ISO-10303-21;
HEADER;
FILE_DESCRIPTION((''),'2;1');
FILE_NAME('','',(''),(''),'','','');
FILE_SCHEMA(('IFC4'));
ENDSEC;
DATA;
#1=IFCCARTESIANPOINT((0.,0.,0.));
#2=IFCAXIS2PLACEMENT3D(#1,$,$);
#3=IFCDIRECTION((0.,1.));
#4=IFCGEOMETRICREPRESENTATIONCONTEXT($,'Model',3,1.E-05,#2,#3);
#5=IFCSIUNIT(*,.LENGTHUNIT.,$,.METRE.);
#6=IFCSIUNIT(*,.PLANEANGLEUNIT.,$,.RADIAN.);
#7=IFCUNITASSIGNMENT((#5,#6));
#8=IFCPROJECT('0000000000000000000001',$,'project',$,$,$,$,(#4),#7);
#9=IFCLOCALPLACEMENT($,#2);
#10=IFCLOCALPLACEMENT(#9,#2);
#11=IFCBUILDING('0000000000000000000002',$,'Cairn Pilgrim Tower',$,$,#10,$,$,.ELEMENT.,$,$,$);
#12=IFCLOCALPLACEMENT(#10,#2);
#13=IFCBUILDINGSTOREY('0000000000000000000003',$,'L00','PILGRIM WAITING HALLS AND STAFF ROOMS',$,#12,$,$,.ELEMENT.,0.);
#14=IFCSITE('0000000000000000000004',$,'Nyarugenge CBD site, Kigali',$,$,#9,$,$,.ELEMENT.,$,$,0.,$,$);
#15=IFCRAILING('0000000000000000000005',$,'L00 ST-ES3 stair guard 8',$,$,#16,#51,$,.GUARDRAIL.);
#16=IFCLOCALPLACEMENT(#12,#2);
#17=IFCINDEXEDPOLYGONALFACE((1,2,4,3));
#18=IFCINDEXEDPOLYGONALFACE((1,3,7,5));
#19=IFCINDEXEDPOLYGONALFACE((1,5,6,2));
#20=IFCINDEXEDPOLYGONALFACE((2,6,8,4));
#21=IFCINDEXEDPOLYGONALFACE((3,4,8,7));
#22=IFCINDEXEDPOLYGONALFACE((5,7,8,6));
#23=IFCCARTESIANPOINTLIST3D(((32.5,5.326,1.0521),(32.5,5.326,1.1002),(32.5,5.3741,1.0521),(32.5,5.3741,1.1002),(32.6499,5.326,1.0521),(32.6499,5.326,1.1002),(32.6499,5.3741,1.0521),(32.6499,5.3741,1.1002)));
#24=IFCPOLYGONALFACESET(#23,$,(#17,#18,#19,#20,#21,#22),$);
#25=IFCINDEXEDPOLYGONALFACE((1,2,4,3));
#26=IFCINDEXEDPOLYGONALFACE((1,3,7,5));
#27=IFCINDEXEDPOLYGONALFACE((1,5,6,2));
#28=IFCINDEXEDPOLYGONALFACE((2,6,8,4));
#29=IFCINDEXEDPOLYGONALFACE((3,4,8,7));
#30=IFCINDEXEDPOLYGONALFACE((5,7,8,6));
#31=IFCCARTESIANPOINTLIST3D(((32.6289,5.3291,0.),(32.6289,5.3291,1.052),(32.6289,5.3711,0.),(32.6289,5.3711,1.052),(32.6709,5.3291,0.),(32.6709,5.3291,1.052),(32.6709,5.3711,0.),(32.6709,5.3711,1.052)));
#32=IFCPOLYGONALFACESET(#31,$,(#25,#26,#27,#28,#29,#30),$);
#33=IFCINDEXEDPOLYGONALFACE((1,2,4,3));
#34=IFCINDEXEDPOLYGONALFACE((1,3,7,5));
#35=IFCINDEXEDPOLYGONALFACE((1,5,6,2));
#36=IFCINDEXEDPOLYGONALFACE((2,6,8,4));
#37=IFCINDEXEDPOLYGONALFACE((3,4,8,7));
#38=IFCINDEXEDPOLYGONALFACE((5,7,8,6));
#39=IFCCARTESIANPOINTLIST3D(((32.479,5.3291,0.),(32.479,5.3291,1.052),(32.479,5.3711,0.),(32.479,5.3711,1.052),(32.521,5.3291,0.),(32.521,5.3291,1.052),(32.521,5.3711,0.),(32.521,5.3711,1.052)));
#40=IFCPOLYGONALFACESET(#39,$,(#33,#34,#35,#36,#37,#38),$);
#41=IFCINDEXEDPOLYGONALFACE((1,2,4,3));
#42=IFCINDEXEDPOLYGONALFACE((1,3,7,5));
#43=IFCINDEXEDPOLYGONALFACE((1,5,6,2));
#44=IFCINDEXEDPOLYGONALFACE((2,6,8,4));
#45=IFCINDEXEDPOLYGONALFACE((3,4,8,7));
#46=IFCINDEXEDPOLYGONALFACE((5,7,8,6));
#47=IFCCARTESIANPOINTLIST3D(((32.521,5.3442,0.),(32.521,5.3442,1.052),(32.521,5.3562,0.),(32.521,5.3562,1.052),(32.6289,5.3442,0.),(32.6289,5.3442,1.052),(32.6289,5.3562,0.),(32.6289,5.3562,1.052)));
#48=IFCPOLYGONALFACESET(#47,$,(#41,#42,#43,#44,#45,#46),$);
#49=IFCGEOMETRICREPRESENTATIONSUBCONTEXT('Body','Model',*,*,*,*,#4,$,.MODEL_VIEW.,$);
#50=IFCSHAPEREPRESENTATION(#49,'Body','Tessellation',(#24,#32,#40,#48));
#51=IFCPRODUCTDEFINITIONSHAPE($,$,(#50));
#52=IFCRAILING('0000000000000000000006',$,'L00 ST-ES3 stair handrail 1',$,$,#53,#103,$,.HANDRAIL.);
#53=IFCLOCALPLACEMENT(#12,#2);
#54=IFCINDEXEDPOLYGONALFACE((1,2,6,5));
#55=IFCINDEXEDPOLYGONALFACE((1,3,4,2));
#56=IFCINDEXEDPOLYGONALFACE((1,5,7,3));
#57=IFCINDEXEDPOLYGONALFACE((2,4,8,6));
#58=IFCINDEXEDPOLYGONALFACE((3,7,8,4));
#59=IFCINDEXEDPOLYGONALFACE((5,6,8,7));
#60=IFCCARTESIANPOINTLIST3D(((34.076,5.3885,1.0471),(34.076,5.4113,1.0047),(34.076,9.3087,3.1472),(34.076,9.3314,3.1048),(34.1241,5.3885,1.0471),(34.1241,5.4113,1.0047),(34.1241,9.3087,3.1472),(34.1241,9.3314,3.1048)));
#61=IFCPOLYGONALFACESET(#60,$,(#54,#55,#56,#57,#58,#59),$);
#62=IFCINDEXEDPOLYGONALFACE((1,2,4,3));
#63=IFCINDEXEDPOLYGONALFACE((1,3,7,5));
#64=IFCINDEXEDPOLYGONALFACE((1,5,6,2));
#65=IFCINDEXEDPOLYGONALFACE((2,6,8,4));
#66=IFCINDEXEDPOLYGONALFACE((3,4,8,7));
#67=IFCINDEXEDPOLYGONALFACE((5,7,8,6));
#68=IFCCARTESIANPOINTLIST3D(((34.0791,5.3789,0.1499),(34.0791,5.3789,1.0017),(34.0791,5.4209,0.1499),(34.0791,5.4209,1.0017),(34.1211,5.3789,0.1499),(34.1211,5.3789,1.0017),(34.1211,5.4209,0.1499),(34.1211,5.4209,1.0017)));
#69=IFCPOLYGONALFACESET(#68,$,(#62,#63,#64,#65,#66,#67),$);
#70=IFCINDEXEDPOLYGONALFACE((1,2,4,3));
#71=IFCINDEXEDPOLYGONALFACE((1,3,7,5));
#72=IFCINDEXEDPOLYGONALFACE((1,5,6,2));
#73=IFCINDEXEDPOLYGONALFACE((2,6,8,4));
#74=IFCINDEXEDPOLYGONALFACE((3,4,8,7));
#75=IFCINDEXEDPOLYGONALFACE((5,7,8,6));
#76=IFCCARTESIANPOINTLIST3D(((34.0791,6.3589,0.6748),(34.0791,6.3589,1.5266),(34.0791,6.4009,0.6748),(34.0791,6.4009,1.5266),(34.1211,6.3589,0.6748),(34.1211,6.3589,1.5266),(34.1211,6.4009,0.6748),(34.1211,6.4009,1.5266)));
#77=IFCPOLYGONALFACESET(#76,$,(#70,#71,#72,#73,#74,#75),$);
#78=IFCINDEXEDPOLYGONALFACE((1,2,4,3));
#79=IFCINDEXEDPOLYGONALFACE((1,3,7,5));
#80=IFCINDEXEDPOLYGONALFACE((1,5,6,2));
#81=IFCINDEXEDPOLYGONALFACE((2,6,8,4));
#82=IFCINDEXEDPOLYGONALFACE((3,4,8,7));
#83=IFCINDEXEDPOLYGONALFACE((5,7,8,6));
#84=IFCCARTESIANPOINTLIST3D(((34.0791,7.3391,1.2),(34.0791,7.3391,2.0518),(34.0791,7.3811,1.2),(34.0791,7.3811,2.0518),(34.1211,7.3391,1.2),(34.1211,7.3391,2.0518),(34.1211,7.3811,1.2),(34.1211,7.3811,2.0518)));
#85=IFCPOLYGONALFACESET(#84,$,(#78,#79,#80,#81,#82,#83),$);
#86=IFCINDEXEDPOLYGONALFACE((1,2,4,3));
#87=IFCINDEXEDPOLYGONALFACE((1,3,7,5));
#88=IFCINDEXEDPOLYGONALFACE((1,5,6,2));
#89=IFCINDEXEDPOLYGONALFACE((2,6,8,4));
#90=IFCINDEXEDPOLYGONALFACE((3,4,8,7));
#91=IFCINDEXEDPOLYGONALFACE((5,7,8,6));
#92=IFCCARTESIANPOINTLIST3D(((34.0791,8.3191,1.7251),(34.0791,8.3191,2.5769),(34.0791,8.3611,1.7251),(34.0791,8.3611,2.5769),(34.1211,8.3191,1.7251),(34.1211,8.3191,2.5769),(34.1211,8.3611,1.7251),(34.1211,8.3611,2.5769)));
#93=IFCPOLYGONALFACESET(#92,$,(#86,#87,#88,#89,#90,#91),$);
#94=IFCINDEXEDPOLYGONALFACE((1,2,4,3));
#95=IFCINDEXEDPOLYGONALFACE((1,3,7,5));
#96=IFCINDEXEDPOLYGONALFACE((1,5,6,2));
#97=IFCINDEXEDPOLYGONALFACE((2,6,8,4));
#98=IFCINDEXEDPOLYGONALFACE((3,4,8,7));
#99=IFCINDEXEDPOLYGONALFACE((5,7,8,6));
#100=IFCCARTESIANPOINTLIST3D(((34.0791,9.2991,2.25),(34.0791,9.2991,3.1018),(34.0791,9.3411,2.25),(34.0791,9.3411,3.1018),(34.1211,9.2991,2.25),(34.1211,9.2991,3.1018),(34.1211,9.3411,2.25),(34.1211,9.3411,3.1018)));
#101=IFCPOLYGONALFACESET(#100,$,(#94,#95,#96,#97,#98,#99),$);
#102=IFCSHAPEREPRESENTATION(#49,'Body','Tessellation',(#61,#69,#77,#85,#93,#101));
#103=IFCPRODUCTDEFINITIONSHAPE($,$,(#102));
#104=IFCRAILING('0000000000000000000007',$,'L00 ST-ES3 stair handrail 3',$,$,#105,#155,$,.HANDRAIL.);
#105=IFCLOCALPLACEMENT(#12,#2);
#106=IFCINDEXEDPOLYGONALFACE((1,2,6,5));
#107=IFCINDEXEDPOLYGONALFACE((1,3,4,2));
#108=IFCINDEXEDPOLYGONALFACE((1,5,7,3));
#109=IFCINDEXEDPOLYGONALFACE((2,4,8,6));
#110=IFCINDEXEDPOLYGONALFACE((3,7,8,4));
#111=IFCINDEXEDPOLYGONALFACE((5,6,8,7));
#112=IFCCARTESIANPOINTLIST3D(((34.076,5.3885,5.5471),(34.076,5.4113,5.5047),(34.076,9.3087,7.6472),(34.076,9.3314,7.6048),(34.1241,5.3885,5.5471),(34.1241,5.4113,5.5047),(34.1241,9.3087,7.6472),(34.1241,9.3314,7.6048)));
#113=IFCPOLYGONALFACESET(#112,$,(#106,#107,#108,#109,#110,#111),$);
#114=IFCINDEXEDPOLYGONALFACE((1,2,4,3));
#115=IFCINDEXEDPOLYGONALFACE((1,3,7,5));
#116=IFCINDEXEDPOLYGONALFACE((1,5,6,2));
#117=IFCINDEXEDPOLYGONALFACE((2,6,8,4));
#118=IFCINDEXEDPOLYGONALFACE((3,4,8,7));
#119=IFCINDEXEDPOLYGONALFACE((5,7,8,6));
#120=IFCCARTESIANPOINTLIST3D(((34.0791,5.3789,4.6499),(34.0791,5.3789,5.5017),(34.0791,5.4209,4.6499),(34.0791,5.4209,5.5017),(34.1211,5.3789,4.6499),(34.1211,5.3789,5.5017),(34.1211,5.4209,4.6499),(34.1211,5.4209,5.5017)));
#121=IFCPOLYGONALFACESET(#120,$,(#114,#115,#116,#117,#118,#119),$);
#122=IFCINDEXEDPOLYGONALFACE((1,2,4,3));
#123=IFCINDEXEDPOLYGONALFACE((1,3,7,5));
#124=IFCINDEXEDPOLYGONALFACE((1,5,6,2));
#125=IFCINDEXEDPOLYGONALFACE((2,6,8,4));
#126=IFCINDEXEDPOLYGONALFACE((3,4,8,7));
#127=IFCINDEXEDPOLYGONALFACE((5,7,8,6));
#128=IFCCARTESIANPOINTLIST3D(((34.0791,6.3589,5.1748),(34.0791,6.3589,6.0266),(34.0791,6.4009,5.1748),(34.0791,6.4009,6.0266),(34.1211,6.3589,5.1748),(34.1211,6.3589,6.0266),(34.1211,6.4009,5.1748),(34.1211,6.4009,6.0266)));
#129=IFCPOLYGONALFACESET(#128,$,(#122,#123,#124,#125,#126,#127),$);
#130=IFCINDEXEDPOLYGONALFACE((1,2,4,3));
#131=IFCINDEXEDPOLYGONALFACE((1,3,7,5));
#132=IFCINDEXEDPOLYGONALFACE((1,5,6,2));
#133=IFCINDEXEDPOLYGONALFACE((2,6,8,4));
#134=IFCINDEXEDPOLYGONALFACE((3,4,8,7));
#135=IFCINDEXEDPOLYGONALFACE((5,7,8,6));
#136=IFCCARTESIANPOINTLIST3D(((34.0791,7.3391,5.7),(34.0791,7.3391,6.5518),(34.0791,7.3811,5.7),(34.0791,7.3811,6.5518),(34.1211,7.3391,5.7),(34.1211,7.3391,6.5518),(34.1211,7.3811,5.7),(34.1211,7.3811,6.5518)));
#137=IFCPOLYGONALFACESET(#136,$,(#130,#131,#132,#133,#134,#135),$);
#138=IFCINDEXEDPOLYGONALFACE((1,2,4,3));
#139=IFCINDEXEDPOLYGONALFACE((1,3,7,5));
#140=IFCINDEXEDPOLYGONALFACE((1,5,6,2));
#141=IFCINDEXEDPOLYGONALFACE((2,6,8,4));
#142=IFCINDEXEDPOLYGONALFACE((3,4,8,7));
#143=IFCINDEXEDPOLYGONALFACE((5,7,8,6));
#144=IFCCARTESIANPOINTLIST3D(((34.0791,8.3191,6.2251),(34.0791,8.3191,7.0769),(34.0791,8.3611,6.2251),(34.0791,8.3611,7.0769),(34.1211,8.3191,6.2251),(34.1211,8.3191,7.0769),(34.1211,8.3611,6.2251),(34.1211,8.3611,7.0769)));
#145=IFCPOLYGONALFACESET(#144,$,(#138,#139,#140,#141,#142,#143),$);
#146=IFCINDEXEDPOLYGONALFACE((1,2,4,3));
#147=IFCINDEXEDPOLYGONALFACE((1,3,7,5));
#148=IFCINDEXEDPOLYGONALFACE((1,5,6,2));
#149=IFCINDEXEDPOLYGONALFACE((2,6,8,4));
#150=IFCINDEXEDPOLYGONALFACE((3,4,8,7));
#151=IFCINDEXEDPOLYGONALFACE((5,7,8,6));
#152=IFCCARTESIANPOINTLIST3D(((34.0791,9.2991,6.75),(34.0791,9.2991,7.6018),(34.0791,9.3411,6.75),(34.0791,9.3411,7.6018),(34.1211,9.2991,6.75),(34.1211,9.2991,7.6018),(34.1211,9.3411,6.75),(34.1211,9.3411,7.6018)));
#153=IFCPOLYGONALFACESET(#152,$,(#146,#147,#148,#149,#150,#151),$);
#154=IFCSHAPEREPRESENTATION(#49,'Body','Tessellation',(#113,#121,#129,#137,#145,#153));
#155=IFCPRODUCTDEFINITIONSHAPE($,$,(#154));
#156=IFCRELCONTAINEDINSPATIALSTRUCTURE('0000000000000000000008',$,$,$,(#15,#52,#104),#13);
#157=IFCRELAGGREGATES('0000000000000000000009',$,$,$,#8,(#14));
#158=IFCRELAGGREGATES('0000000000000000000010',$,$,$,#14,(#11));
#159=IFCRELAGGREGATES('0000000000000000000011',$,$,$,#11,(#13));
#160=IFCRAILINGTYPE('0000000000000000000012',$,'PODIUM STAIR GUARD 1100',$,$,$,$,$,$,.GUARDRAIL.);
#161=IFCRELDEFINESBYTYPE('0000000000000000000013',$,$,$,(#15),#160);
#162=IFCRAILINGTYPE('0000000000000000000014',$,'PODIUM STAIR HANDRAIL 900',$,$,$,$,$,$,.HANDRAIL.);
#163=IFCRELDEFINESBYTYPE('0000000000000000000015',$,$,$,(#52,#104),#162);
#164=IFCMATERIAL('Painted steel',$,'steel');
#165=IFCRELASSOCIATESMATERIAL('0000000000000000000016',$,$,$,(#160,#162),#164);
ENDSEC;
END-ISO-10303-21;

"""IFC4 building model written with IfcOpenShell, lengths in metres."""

from ifc_helpers import new_model, si_unit, direction, frame, origin, origin_2d, place, context, subcontext, project, spatial, polyline, rectangle, outline, extrude, material, type_object, element, save


model = new_model("IFC4")

# Units and contexts
model_context = context("Model", 3, precision=1e-05, world=origin(), true_north=direction((0.0, 1.0)))
body_context = subcontext(model_context, "Body", "Model", "MODEL_VIEW")
ifc_project = project(units=[si_unit("LENGTHUNIT", "METRE"), si_unit("PLANEANGLEUNIT", "RADIAN")], contexts=[model_context])

# Site, building, storey
site_placement = place(None, origin())
site = spatial("IfcSite", under=ifc_project, at=site_placement, Name="Nyarugenge CBD site, Kigali", CompositionType="ELEMENT", RefElevation=0.0)
building_placement = place(site_placement, origin())
building = spatial("IfcBuilding", under=site, at=building_placement, Name="Cairn Pilgrim Tower", CompositionType="ELEMENT")
storey_placement = place(building_placement, origin())
storey = spatial("IfcBuildingStorey", under=building, at=storey_placement, Name="L00", Description="PILGRIM WAITING HALLS AND STAFF ROOMS", CompositionType="ELEMENT", Elevation=0.0)

# Railings
ifc_material_1 = material(Name="Painted steel", Category="steel")
railing_type_1 = type_object("IfcRailingType", Name="PODIUM STAIR GUARD 1100", PredefinedType="GUARDRAIL", material=ifc_material_1)
railing_1_placement = place(storey_placement, frame((32.6499, 5.3501, 0.0)))
element("IfcRailing", 1, at=railing_1_placement, inside=storey, type_object=railing_type_1, Name="L00 ST-ES3 stair guard 8", PredefinedType="GUARDRAIL", context=body_context, shape_type="SweptSolid", body=[
    extrude(rectangle(XDim=0.0481, YDim=0.0481, at=origin_2d()), frame((0.0, 0.0, 1.0762), z_axis=(-1.0, 0.0, 0.0), x_axis=(0.0, -1.0, 0.0)), (0.0, 0.0, 1.0), 0.1499),
    extrude(rectangle(XDim=0.042, YDim=0.042, at=origin_2d()), origin(), (0.0, 0.0, 1.0), 1.052),
    extrude(rectangle(XDim=0.042, YDim=0.042, at=origin_2d()), frame((-0.1499, 0.0, 0.0)), (0.0, 0.0, 1.0), 1.052),
    extrude(outline(polyline([(0.021, 0.0), (0.1289, 0.0), (0.1289, 1.052), (0.021, 1.052), (0.021, 0.0)])), frame((0.0, -0.0059, 0.0), z_axis=(0.0, 1.0, 0.0), x_axis=(-1.0, 0.0, 0.0)), (0.0, 0.0, 1.0), 0.012),
])
railing_type_2 = type_object("IfcRailingType", Name="PODIUM STAIR HANDRAIL 900", PredefinedType="HANDRAIL", material=ifc_material_1)
for number, where, name in (
    (2, (34.1001, 5.3999, 0.1499), "L00 ST-ES3 stair handrail 1"),
    (3, (34.1001, 5.3999, 4.6499), "L00 ST-ES3 stair handrail 3"),
):
    element("IfcRailing", number, at=place(storey_placement, frame(where)), inside=storey, type_object=railing_type_2, Name=name, PredefinedType="HANDRAIL", context=body_context, shape_type="SweptSolid", body=[
        extrude(rectangle(XDim=0.0481, YDim=0.0481, at=origin_2d()), frame((0.0, 0.0, 0.876), z_axis=(0.0, 0.881479, 0.472223), x_axis=(-1.0, 0.0, 0.0)), (0.0, 0.0, 1.0), 4.4473),
        extrude(rectangle(XDim=0.042, YDim=0.042, at=origin_2d()), origin(), (0.0, 0.0, 1.0), 0.8518),
        extrude(rectangle(XDim=0.042, YDim=0.042, at=origin_2d()), frame((0.0, 0.98, 0.5249)), (0.0, 0.0, 1.0), 0.8518),
        extrude(rectangle(XDim=0.042, YDim=0.042, at=origin_2d()), frame((0.0, 1.9602, 1.05)), (0.0, 0.0, 1.0), 0.8518),
        extrude(rectangle(XDim=0.042, YDim=0.042, at=origin_2d()), frame((0.0, 2.9402, 1.5752)), (0.0, 0.0, 1.0), 0.8518),
        extrude(rectangle(XDim=0.042, YDim=0.042, at=origin_2d()), frame((0.0, 3.9202, 2.1001)), (0.0, 0.0, 1.0), 0.8518),
    ])

save(model, "model.ifc")
